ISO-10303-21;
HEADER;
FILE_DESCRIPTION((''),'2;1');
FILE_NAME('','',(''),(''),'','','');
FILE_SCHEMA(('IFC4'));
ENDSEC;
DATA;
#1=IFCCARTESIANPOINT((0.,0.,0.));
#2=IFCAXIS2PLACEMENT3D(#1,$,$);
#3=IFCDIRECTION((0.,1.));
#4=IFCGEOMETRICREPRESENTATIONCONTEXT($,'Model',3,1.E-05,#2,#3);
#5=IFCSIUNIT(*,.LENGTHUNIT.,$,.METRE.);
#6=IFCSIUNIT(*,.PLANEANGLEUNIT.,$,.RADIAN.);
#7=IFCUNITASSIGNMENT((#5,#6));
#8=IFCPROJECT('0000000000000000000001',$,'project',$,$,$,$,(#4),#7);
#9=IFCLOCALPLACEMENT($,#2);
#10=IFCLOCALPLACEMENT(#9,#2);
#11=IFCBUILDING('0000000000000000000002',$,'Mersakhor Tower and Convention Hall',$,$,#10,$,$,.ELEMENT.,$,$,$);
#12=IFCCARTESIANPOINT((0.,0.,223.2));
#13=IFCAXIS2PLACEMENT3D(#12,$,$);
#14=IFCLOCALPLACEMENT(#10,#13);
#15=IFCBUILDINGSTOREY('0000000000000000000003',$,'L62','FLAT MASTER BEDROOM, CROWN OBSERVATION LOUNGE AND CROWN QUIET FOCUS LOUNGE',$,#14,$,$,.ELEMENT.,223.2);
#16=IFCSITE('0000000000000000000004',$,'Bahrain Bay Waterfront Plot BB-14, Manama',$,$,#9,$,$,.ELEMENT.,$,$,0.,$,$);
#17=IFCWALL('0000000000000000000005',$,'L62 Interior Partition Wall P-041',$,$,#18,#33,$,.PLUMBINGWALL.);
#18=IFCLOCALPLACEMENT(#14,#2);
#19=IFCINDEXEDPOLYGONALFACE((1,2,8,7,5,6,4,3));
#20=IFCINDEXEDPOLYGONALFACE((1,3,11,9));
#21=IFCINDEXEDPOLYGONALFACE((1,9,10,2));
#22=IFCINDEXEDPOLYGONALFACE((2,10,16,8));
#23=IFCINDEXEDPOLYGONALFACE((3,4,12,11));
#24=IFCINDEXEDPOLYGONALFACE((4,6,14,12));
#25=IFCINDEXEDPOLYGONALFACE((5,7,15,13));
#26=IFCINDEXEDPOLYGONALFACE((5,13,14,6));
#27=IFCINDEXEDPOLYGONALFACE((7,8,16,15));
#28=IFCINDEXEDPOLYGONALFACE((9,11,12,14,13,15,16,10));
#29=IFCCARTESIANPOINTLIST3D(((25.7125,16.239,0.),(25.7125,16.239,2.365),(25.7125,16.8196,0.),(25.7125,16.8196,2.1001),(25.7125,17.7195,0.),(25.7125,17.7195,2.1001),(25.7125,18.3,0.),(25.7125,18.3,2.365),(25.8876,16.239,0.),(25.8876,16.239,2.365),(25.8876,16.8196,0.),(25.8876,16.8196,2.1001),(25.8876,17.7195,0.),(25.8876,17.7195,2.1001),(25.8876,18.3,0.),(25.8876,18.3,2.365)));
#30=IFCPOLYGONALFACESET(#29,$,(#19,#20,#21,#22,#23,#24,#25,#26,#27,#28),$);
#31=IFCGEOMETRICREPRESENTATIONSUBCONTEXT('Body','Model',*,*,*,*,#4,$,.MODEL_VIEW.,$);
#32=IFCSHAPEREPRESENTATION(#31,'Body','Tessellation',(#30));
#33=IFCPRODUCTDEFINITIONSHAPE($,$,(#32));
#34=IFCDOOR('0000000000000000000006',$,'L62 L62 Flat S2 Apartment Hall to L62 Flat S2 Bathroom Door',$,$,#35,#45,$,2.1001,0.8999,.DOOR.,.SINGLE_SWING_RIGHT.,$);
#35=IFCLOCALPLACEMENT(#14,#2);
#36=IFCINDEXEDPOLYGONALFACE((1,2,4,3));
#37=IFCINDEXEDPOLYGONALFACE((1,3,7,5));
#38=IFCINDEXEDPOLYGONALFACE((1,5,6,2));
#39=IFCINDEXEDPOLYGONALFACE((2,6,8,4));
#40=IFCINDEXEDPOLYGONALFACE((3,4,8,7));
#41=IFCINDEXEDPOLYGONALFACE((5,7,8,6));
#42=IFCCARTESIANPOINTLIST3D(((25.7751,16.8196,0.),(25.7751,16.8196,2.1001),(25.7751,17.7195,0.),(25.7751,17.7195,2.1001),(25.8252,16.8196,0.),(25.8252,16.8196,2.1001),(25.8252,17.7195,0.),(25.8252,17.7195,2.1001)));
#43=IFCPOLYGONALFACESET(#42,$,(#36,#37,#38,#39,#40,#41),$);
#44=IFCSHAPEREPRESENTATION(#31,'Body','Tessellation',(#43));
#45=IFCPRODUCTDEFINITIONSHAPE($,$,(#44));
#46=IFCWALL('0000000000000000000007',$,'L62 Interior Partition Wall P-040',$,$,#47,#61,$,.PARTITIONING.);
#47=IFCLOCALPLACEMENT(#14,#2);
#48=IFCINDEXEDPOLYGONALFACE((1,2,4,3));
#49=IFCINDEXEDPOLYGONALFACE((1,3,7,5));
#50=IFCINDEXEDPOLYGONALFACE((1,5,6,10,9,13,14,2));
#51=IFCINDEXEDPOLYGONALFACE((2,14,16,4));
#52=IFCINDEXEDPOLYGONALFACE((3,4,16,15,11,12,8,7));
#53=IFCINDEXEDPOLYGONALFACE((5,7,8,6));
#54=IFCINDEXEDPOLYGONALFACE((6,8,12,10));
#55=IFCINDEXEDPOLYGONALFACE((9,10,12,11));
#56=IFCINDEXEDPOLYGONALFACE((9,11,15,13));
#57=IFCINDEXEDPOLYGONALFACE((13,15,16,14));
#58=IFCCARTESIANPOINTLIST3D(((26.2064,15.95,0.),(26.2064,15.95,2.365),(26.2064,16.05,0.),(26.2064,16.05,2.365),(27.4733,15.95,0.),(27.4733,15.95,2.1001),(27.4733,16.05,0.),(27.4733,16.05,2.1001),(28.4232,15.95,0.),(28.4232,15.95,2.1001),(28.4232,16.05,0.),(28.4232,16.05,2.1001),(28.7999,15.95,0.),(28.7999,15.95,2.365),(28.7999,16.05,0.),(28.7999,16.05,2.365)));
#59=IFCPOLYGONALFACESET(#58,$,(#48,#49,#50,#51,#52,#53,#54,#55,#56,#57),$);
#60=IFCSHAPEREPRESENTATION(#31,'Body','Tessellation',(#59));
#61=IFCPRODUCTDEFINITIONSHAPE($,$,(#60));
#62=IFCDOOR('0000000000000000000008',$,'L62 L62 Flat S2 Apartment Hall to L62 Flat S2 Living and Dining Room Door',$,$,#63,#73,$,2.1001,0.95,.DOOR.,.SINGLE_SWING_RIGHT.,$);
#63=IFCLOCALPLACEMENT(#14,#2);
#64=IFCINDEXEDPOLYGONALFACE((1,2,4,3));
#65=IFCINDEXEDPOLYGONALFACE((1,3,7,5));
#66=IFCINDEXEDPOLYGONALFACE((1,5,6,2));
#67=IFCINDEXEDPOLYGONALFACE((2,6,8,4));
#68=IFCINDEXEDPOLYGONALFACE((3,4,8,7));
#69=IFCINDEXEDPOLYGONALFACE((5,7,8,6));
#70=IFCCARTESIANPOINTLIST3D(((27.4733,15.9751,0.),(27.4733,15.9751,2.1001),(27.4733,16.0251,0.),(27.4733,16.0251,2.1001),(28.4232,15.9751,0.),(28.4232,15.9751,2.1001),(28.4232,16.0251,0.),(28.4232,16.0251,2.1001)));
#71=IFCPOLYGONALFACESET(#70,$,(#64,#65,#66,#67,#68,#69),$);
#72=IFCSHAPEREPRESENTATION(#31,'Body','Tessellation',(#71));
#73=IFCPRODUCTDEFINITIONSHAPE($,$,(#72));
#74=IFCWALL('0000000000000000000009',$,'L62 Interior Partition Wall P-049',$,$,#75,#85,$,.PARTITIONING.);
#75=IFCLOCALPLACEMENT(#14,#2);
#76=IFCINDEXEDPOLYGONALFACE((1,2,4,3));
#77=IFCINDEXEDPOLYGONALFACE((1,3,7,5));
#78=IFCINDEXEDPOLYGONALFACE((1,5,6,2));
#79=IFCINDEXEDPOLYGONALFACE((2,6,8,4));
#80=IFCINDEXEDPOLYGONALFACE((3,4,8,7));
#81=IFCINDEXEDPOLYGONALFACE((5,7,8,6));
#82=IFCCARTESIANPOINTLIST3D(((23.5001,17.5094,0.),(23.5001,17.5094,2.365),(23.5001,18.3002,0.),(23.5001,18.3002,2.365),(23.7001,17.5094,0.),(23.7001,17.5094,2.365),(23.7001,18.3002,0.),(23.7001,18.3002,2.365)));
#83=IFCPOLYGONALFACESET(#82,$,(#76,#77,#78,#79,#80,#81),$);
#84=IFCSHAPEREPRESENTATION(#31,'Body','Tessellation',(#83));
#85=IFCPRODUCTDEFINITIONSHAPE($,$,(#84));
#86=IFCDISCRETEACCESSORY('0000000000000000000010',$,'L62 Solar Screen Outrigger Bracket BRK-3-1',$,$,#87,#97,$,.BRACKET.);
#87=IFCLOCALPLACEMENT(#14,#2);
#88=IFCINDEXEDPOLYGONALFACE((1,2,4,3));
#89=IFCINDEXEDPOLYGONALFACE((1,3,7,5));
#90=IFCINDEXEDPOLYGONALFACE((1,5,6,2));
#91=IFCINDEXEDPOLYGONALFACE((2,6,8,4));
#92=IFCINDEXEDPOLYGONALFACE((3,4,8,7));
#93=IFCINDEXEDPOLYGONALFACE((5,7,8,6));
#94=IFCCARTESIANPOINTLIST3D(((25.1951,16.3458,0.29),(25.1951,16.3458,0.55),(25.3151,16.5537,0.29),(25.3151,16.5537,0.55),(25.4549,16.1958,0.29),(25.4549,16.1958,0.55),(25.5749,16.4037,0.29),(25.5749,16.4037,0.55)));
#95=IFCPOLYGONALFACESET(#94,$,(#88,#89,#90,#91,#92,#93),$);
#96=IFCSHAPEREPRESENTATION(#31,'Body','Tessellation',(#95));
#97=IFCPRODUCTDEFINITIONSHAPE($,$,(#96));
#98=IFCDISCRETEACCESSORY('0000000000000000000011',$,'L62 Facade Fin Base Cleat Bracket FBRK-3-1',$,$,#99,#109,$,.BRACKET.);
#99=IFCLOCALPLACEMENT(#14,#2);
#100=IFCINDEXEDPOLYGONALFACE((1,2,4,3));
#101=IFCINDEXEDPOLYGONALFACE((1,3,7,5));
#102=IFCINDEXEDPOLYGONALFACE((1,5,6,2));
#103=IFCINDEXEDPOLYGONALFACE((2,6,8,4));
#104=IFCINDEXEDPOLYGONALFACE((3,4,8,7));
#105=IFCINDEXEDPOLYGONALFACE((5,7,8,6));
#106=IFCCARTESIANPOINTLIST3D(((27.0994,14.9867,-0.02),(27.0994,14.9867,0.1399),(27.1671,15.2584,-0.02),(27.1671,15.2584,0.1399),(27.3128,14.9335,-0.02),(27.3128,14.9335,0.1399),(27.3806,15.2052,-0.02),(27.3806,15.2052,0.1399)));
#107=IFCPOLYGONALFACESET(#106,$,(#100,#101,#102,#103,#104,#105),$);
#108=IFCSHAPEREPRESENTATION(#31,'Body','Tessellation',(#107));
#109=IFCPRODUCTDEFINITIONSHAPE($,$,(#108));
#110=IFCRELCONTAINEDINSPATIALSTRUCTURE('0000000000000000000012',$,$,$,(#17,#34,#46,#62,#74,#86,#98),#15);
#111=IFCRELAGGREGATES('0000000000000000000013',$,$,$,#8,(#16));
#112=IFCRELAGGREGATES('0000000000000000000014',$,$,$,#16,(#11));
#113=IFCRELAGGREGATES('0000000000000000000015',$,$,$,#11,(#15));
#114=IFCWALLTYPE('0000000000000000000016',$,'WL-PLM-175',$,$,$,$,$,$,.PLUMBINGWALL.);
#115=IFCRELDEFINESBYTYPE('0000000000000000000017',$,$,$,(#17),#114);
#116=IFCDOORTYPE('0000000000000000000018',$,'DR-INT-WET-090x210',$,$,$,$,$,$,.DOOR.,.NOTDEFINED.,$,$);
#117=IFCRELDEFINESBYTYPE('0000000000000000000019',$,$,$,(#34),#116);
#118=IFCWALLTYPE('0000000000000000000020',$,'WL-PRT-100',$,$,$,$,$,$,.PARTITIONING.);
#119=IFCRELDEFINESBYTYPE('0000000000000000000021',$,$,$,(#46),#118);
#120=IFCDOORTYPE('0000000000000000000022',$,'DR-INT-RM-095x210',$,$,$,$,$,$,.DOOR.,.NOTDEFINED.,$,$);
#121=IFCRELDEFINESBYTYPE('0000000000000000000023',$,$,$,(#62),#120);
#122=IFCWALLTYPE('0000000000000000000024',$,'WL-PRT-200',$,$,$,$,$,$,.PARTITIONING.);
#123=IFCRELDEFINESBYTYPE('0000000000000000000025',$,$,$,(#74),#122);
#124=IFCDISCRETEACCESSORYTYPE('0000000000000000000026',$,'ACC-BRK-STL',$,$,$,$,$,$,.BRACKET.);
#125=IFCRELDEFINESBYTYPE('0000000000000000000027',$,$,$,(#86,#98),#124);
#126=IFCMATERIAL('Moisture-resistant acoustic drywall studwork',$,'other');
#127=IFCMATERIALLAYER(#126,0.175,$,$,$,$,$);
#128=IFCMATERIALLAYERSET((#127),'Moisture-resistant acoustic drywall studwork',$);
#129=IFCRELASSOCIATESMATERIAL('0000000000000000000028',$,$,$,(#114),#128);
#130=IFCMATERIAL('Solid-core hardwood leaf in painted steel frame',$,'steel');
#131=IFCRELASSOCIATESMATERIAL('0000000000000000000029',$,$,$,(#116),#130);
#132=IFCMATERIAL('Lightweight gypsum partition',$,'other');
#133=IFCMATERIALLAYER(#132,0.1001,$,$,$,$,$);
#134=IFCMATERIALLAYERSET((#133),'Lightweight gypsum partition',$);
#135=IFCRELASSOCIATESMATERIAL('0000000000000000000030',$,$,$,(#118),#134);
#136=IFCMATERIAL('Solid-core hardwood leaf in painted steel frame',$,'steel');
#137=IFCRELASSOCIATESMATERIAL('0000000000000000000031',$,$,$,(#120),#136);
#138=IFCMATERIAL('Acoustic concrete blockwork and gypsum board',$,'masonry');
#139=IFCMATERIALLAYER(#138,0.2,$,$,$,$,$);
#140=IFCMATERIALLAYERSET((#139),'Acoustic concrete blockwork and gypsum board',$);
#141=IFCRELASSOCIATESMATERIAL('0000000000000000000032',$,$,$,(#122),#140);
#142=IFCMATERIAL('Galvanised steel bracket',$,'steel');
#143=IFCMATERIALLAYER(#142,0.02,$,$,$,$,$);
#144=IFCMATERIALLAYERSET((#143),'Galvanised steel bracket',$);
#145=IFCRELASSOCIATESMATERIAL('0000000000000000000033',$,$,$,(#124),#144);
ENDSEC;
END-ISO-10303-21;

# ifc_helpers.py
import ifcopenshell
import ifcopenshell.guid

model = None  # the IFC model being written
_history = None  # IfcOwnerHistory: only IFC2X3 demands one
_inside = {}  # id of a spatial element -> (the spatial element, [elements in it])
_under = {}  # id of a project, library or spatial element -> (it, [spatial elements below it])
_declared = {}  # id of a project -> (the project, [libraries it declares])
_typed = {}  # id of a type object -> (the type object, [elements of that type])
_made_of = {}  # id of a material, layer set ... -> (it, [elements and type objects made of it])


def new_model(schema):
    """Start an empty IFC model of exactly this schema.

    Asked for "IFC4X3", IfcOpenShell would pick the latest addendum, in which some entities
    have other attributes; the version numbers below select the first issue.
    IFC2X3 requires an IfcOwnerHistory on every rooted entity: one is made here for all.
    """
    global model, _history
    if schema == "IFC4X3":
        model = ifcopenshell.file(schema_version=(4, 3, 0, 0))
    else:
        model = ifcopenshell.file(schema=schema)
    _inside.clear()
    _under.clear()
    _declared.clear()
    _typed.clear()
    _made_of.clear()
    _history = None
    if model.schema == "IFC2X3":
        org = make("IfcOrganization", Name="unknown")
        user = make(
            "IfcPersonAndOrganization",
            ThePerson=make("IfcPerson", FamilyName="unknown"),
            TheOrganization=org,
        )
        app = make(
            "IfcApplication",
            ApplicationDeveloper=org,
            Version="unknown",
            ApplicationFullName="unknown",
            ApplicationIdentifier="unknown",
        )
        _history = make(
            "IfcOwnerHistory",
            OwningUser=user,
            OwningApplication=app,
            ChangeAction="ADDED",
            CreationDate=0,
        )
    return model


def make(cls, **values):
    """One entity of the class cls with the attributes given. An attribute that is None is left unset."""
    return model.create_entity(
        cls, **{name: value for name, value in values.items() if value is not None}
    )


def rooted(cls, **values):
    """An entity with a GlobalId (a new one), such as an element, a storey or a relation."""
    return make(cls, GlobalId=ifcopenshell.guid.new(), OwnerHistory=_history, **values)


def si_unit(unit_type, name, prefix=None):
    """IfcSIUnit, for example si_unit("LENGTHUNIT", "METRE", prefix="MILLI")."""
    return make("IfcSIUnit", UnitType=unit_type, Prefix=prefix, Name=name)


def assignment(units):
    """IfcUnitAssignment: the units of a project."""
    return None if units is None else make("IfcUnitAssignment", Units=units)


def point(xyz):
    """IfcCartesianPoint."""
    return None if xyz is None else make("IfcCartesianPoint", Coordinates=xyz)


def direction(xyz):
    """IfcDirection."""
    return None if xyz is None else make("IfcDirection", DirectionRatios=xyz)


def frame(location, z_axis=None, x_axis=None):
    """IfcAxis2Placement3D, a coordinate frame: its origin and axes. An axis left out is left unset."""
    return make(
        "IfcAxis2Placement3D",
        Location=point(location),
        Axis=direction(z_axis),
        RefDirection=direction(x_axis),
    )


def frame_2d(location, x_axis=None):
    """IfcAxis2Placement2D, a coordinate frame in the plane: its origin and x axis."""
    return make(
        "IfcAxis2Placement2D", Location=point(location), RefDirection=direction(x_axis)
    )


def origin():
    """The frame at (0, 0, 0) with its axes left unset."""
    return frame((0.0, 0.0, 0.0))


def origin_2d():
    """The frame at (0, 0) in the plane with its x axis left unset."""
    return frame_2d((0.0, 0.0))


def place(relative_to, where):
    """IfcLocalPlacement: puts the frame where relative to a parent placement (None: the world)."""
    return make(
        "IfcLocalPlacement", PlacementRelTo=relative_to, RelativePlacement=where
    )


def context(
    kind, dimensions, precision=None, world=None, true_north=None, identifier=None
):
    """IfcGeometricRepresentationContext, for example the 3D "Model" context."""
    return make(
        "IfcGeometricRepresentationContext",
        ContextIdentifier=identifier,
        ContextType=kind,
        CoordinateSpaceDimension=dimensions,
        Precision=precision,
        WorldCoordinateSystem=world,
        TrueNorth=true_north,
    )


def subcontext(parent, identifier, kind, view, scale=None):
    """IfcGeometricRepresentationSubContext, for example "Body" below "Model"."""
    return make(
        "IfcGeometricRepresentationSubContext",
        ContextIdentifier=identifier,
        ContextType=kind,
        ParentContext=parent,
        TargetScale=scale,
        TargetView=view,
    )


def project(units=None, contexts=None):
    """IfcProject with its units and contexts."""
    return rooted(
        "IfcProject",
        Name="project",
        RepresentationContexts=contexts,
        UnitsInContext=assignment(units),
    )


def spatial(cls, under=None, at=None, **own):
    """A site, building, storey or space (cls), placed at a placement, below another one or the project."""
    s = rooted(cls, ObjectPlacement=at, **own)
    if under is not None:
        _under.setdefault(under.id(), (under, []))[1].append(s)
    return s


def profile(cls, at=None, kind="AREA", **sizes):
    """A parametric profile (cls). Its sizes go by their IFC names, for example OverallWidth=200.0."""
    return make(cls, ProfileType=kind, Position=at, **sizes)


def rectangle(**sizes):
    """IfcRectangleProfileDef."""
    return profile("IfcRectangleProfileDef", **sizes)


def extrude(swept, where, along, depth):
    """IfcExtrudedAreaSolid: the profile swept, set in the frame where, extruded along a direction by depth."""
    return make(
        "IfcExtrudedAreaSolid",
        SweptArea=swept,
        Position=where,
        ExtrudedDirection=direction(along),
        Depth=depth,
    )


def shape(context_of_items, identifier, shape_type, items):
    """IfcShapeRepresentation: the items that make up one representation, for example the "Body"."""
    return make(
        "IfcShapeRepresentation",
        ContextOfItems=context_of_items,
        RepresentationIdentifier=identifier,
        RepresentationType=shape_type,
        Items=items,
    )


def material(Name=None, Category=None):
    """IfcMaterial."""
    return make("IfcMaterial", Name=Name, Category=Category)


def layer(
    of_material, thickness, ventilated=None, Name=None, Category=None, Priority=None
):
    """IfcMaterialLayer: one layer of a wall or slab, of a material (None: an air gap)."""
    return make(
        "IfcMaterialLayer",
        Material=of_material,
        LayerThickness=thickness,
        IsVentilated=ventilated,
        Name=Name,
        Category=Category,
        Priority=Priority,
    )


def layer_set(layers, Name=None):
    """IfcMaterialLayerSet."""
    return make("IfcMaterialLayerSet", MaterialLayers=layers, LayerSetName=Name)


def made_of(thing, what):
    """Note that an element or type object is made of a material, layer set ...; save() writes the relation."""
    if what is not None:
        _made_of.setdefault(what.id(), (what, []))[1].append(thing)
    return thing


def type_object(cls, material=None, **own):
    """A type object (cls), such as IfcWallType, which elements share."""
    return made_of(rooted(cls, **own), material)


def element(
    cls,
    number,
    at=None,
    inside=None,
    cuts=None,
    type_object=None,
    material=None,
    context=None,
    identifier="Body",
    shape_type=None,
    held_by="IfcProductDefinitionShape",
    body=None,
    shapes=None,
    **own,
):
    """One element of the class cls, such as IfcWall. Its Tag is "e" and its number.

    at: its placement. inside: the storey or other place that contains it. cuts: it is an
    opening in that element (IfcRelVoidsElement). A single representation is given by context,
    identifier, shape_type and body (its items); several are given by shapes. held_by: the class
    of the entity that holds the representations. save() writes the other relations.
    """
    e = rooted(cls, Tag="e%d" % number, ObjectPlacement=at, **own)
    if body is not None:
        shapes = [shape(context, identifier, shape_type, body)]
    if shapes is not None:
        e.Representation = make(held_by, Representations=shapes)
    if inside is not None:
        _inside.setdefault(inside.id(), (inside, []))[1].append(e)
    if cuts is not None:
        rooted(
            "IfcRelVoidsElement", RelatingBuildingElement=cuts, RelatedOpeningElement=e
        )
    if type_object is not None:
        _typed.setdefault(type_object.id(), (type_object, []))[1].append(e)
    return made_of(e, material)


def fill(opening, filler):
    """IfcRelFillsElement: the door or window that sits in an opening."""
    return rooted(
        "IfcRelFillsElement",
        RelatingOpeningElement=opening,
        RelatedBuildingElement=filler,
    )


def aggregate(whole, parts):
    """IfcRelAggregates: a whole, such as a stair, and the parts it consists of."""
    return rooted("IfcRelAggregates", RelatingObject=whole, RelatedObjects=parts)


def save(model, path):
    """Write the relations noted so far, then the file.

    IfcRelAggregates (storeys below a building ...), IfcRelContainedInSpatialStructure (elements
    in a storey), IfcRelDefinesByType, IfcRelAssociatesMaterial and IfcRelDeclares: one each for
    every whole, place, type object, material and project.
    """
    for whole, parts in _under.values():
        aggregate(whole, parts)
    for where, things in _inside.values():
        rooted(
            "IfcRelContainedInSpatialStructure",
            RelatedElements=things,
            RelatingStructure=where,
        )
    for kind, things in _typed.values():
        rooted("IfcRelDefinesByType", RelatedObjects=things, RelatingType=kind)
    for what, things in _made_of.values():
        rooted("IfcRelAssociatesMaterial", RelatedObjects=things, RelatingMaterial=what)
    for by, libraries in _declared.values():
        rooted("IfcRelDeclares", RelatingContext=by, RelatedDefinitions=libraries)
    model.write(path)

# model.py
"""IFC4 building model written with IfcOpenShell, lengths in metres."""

from ifc_helpers import new_model, si_unit, direction, frame, frame_2d, origin, origin_2d, place, context, subcontext, project, spatial, rectangle, extrude, material, layer, layer_set, type_object, element, fill, save


model = new_model("IFC4")

# Units and contexts
model_context = context("Model", 3, precision=1e-05, world=origin(), true_north=direction((0.0, 1.0)))
body_context = subcontext(model_context, "Body", "Model", "MODEL_VIEW")
ifc_project = project(units=[si_unit("LENGTHUNIT", "METRE"), si_unit("PLANEANGLEUNIT", "RADIAN")], contexts=[model_context])

# Site, building, storey
site_placement = place(None, origin())
site = spatial("IfcSite", under=ifc_project, at=site_placement, Name="Bahrain Bay Waterfront Plot BB-14, Manama", CompositionType="ELEMENT", RefElevation=0.0)
building_placement = place(site_placement, origin())
building = spatial("IfcBuilding", under=site, at=building_placement, Name="Mersakhor Tower and Convention Hall", CompositionType="ELEMENT")
storey_placement = place(building_placement, frame((0.0, 0.0, 223.2)))
storey = spatial("IfcBuildingStorey", under=building, at=storey_placement, Name="L62", Description="FLAT MASTER BEDROOM, CROWN OBSERVATION LOUNGE AND CROWN QUIET FOCUS LOUNGE", CompositionType="ELEMENT", Elevation=223.2)

# Walls, openings, doors
ifc_material_1 = material(Name="Moisture-resistant acoustic drywall studwork", Category="other")
ifc_layer_1 = layer(ifc_material_1, 0.175)
ifc_layer_set_1 = layer_set([ifc_layer_1], Name="Moisture-resistant acoustic drywall studwork")
wall_type_1 = type_object("IfcWallType", Name="WL-PLM-175", PredefinedType="PLUMBINGWALL", material=ifc_layer_set_1)
wall_1_placement = place(storey_placement, frame((25.8, 16.239, 0.0), z_axis=(0.0, 0.0, 1.0), x_axis=(0.0, 1.0, 0.0)))
wall_1 = element("IfcWall", 1, at=wall_1_placement, inside=storey, type_object=wall_type_1, Name="L62 Interior Partition Wall P-041", PredefinedType="PLUMBINGWALL", context=body_context, shape_type="SweptSolid", body=[
    extrude(rectangle(XDim=2.061, YDim=0.175, at=frame_2d((1.0305, 0.0))), origin(), (0.0, 0.0, 1.0), 2.365),
])
opening_1_placement = place(wall_1_placement, frame((0.5806, 0.0, 0.0)))
opening_1 = element("IfcOpeningElement", 2, at=opening_1_placement, cuts=wall_1, PredefinedType="OPENING", context=body_context, shape_type="SweptSolid", body=[
    extrude(rectangle(XDim=0.8999, YDim=2.1001, at=frame_2d((0.45, 1.05))), frame((0.0, 0.0974, 0.0), z_axis=(0.0, -1.0, 0.0), x_axis=(1.0, 0.0, 0.0)), (0.0, 0.0, 1.0), 0.1951),
])
ifc_material_2 = material(Name="Solid-core hardwood leaf in painted steel frame", Category="steel")
door_type_1 = type_object("IfcDoorType", Name="DR-INT-WET-090x210", OperationType="NOTDEFINED", PredefinedType="DOOR", material=ifc_material_2)
door_1_placement = place(opening_1_placement, origin())
door_1 = element("IfcDoor", 3, at=door_1_placement, inside=storey, type_object=door_type_1, Name="L62 L62 Flat S2 Apartment Hall to L62 Flat S2 Bathroom Door", OperationType="SINGLE_SWING_RIGHT", OverallHeight=2.1001, OverallWidth=0.8999, PredefinedType="DOOR", context=body_context, shape_type="SweptSolid", body=[
    extrude(rectangle(XDim=0.8999, YDim=2.1001, at=frame_2d((0.45, 1.05))), frame((0.0, 0.0249, 0.0), z_axis=(0.0, -1.0, 0.0), x_axis=(1.0, 0.0, 0.0)), (0.0, 0.0, 1.0), 0.05),
])
fill(opening_1, door_1)
ifc_material_3 = material(Name="Lightweight gypsum partition", Category="other")
ifc_layer_2 = layer(ifc_material_3, 0.1001)
ifc_layer_set_2 = layer_set([ifc_layer_2], Name="Lightweight gypsum partition")
wall_type_2 = type_object("IfcWallType", Name="WL-PRT-100", PredefinedType="PARTITIONING", material=ifc_layer_set_2)
wall_2_placement = place(storey_placement, frame((28.8, 16.0, 0.0), z_axis=(0.0, 0.0, 1.0), x_axis=(-1.0, 0.0, 0.0)))
wall_2 = element("IfcWall", 4, at=wall_2_placement, inside=storey, type_object=wall_type_2, Name="L62 Interior Partition Wall P-040", PredefinedType="PARTITIONING", context=body_context, shape_type="SweptSolid", body=[
    extrude(rectangle(XDim=2.5935, YDim=0.1001, at=frame_2d((1.2969, 0.0))), origin(), (0.0, 0.0, 1.0), 2.365),
])
opening_2_placement = place(wall_2_placement, frame((0.3767, 0.0, 0.0)))
opening_2 = element("IfcOpeningElement", 5, at=opening_2_placement, cuts=wall_2, PredefinedType="OPENING", context=body_context, shape_type="SweptSolid", body=[
    extrude(rectangle(XDim=0.95, YDim=2.1001, at=frame_2d((0.4751, 1.05))), frame((0.0, 0.0601, 0.0), z_axis=(0.0, -1.0, 0.0), x_axis=(1.0, 0.0, 0.0)), (0.0, 0.0, 1.0), 0.1201),
])
ifc_material_4 = material(Name="Solid-core hardwood leaf in painted steel frame", Category="steel")
door_type_2 = type_object("IfcDoorType", Name="DR-INT-RM-095x210", OperationType="NOTDEFINED", PredefinedType="DOOR", material=ifc_material_4)
door_2_placement = place(opening_2_placement, origin())
door_2 = element("IfcDoor", 6, at=door_2_placement, inside=storey, type_object=door_type_2, Name="L62 L62 Flat S2 Apartment Hall to L62 Flat S2 Living and Dining Room Door", OperationType="SINGLE_SWING_RIGHT", OverallHeight=2.1001, OverallWidth=0.95, PredefinedType="DOOR", context=body_context, shape_type="SweptSolid", body=[
    extrude(rectangle(XDim=0.95, YDim=2.1001, at=frame_2d((0.4751, 1.05))), frame((0.0, 0.0249, 0.0), z_axis=(0.0, -1.0, 0.0), x_axis=(1.0, 0.0, 0.0)), (0.0, 0.0, 1.0), 0.05),
])
fill(opening_2, door_2)

# Wall
ifc_material_5 = material(Name="Acoustic concrete blockwork and gypsum board", Category="masonry")
ifc_layer_3 = layer(ifc_material_5, 0.2)
ifc_layer_set_3 = layer_set([ifc_layer_3], Name="Acoustic concrete blockwork and gypsum board")
wall_type_3 = type_object("IfcWallType", Name="WL-PRT-200", PredefinedType="PARTITIONING", material=ifc_layer_set_3)
wall_3_placement = place(storey_placement, frame((23.6001, 17.5093, 0.0), z_axis=(0.0, 0.0, 1.0), x_axis=(0.0, 1.0, 0.0)))
element("IfcWall", 7, at=wall_3_placement, inside=storey, type_object=wall_type_3, Name="L62 Interior Partition Wall P-049", PredefinedType="PARTITIONING", context=body_context, shape_type="SweptSolid", body=[
    extrude(rectangle(XDim=0.7908, YDim=0.2, at=frame_2d((0.3955, 0.0))), origin(), (0.0, 0.0, 1.0), 2.365),
])

# Discrete accessories
ifc_material_6 = material(Name="Galvanised steel bracket", Category="steel")
ifc_layer_4 = layer(ifc_material_6, 0.02)
ifc_layer_set_4 = layer_set([ifc_layer_4], Name="Galvanised steel bracket")
discrete_accessory_type = type_object("IfcDiscreteAccessoryType", Name="ACC-BRK-STL", PredefinedType="BRACKET", material=ifc_layer_set_4)
discrete_accessory_1_placement = place(storey_placement, frame((25.385, 16.3748, 0.29), z_axis=(0.0, 0.0, 1.0), x_axis=(-0.866025, 0.5, 0.0)))
element("IfcDiscreteAccessory", 8, at=discrete_accessory_1_placement, inside=storey, type_object=discrete_accessory_type, Name="L62 Solar Screen Outrigger Bracket BRK-3-1", PredefinedType="BRACKET", context=body_context, shape_type="SweptSolid", body=[
    extrude(rectangle(XDim=0.3, YDim=0.24, at=origin_2d()), origin(), (0.0, 0.0, 1.0), 0.26),
])
discrete_accessory_2_placement = place(storey_placement, frame((27.24, 15.0959, -0.02), z_axis=(0.0, 0.0, 1.0), x_axis=(-0.241922, -0.970296, 0.0)))
element("IfcDiscreteAccessory", 9, at=discrete_accessory_2_placement, inside=storey, type_object=discrete_accessory_type, Name="L62 Facade Fin Base Cleat Bracket FBRK-3-1", PredefinedType="BRACKET", context=body_context, shape_type="SweptSolid", body=[
    extrude(rectangle(XDim=0.28, YDim=0.22, at=origin_2d()), origin(), (0.0, 0.0, 1.0), 0.1599),
])

save(model, "model.ifc")
